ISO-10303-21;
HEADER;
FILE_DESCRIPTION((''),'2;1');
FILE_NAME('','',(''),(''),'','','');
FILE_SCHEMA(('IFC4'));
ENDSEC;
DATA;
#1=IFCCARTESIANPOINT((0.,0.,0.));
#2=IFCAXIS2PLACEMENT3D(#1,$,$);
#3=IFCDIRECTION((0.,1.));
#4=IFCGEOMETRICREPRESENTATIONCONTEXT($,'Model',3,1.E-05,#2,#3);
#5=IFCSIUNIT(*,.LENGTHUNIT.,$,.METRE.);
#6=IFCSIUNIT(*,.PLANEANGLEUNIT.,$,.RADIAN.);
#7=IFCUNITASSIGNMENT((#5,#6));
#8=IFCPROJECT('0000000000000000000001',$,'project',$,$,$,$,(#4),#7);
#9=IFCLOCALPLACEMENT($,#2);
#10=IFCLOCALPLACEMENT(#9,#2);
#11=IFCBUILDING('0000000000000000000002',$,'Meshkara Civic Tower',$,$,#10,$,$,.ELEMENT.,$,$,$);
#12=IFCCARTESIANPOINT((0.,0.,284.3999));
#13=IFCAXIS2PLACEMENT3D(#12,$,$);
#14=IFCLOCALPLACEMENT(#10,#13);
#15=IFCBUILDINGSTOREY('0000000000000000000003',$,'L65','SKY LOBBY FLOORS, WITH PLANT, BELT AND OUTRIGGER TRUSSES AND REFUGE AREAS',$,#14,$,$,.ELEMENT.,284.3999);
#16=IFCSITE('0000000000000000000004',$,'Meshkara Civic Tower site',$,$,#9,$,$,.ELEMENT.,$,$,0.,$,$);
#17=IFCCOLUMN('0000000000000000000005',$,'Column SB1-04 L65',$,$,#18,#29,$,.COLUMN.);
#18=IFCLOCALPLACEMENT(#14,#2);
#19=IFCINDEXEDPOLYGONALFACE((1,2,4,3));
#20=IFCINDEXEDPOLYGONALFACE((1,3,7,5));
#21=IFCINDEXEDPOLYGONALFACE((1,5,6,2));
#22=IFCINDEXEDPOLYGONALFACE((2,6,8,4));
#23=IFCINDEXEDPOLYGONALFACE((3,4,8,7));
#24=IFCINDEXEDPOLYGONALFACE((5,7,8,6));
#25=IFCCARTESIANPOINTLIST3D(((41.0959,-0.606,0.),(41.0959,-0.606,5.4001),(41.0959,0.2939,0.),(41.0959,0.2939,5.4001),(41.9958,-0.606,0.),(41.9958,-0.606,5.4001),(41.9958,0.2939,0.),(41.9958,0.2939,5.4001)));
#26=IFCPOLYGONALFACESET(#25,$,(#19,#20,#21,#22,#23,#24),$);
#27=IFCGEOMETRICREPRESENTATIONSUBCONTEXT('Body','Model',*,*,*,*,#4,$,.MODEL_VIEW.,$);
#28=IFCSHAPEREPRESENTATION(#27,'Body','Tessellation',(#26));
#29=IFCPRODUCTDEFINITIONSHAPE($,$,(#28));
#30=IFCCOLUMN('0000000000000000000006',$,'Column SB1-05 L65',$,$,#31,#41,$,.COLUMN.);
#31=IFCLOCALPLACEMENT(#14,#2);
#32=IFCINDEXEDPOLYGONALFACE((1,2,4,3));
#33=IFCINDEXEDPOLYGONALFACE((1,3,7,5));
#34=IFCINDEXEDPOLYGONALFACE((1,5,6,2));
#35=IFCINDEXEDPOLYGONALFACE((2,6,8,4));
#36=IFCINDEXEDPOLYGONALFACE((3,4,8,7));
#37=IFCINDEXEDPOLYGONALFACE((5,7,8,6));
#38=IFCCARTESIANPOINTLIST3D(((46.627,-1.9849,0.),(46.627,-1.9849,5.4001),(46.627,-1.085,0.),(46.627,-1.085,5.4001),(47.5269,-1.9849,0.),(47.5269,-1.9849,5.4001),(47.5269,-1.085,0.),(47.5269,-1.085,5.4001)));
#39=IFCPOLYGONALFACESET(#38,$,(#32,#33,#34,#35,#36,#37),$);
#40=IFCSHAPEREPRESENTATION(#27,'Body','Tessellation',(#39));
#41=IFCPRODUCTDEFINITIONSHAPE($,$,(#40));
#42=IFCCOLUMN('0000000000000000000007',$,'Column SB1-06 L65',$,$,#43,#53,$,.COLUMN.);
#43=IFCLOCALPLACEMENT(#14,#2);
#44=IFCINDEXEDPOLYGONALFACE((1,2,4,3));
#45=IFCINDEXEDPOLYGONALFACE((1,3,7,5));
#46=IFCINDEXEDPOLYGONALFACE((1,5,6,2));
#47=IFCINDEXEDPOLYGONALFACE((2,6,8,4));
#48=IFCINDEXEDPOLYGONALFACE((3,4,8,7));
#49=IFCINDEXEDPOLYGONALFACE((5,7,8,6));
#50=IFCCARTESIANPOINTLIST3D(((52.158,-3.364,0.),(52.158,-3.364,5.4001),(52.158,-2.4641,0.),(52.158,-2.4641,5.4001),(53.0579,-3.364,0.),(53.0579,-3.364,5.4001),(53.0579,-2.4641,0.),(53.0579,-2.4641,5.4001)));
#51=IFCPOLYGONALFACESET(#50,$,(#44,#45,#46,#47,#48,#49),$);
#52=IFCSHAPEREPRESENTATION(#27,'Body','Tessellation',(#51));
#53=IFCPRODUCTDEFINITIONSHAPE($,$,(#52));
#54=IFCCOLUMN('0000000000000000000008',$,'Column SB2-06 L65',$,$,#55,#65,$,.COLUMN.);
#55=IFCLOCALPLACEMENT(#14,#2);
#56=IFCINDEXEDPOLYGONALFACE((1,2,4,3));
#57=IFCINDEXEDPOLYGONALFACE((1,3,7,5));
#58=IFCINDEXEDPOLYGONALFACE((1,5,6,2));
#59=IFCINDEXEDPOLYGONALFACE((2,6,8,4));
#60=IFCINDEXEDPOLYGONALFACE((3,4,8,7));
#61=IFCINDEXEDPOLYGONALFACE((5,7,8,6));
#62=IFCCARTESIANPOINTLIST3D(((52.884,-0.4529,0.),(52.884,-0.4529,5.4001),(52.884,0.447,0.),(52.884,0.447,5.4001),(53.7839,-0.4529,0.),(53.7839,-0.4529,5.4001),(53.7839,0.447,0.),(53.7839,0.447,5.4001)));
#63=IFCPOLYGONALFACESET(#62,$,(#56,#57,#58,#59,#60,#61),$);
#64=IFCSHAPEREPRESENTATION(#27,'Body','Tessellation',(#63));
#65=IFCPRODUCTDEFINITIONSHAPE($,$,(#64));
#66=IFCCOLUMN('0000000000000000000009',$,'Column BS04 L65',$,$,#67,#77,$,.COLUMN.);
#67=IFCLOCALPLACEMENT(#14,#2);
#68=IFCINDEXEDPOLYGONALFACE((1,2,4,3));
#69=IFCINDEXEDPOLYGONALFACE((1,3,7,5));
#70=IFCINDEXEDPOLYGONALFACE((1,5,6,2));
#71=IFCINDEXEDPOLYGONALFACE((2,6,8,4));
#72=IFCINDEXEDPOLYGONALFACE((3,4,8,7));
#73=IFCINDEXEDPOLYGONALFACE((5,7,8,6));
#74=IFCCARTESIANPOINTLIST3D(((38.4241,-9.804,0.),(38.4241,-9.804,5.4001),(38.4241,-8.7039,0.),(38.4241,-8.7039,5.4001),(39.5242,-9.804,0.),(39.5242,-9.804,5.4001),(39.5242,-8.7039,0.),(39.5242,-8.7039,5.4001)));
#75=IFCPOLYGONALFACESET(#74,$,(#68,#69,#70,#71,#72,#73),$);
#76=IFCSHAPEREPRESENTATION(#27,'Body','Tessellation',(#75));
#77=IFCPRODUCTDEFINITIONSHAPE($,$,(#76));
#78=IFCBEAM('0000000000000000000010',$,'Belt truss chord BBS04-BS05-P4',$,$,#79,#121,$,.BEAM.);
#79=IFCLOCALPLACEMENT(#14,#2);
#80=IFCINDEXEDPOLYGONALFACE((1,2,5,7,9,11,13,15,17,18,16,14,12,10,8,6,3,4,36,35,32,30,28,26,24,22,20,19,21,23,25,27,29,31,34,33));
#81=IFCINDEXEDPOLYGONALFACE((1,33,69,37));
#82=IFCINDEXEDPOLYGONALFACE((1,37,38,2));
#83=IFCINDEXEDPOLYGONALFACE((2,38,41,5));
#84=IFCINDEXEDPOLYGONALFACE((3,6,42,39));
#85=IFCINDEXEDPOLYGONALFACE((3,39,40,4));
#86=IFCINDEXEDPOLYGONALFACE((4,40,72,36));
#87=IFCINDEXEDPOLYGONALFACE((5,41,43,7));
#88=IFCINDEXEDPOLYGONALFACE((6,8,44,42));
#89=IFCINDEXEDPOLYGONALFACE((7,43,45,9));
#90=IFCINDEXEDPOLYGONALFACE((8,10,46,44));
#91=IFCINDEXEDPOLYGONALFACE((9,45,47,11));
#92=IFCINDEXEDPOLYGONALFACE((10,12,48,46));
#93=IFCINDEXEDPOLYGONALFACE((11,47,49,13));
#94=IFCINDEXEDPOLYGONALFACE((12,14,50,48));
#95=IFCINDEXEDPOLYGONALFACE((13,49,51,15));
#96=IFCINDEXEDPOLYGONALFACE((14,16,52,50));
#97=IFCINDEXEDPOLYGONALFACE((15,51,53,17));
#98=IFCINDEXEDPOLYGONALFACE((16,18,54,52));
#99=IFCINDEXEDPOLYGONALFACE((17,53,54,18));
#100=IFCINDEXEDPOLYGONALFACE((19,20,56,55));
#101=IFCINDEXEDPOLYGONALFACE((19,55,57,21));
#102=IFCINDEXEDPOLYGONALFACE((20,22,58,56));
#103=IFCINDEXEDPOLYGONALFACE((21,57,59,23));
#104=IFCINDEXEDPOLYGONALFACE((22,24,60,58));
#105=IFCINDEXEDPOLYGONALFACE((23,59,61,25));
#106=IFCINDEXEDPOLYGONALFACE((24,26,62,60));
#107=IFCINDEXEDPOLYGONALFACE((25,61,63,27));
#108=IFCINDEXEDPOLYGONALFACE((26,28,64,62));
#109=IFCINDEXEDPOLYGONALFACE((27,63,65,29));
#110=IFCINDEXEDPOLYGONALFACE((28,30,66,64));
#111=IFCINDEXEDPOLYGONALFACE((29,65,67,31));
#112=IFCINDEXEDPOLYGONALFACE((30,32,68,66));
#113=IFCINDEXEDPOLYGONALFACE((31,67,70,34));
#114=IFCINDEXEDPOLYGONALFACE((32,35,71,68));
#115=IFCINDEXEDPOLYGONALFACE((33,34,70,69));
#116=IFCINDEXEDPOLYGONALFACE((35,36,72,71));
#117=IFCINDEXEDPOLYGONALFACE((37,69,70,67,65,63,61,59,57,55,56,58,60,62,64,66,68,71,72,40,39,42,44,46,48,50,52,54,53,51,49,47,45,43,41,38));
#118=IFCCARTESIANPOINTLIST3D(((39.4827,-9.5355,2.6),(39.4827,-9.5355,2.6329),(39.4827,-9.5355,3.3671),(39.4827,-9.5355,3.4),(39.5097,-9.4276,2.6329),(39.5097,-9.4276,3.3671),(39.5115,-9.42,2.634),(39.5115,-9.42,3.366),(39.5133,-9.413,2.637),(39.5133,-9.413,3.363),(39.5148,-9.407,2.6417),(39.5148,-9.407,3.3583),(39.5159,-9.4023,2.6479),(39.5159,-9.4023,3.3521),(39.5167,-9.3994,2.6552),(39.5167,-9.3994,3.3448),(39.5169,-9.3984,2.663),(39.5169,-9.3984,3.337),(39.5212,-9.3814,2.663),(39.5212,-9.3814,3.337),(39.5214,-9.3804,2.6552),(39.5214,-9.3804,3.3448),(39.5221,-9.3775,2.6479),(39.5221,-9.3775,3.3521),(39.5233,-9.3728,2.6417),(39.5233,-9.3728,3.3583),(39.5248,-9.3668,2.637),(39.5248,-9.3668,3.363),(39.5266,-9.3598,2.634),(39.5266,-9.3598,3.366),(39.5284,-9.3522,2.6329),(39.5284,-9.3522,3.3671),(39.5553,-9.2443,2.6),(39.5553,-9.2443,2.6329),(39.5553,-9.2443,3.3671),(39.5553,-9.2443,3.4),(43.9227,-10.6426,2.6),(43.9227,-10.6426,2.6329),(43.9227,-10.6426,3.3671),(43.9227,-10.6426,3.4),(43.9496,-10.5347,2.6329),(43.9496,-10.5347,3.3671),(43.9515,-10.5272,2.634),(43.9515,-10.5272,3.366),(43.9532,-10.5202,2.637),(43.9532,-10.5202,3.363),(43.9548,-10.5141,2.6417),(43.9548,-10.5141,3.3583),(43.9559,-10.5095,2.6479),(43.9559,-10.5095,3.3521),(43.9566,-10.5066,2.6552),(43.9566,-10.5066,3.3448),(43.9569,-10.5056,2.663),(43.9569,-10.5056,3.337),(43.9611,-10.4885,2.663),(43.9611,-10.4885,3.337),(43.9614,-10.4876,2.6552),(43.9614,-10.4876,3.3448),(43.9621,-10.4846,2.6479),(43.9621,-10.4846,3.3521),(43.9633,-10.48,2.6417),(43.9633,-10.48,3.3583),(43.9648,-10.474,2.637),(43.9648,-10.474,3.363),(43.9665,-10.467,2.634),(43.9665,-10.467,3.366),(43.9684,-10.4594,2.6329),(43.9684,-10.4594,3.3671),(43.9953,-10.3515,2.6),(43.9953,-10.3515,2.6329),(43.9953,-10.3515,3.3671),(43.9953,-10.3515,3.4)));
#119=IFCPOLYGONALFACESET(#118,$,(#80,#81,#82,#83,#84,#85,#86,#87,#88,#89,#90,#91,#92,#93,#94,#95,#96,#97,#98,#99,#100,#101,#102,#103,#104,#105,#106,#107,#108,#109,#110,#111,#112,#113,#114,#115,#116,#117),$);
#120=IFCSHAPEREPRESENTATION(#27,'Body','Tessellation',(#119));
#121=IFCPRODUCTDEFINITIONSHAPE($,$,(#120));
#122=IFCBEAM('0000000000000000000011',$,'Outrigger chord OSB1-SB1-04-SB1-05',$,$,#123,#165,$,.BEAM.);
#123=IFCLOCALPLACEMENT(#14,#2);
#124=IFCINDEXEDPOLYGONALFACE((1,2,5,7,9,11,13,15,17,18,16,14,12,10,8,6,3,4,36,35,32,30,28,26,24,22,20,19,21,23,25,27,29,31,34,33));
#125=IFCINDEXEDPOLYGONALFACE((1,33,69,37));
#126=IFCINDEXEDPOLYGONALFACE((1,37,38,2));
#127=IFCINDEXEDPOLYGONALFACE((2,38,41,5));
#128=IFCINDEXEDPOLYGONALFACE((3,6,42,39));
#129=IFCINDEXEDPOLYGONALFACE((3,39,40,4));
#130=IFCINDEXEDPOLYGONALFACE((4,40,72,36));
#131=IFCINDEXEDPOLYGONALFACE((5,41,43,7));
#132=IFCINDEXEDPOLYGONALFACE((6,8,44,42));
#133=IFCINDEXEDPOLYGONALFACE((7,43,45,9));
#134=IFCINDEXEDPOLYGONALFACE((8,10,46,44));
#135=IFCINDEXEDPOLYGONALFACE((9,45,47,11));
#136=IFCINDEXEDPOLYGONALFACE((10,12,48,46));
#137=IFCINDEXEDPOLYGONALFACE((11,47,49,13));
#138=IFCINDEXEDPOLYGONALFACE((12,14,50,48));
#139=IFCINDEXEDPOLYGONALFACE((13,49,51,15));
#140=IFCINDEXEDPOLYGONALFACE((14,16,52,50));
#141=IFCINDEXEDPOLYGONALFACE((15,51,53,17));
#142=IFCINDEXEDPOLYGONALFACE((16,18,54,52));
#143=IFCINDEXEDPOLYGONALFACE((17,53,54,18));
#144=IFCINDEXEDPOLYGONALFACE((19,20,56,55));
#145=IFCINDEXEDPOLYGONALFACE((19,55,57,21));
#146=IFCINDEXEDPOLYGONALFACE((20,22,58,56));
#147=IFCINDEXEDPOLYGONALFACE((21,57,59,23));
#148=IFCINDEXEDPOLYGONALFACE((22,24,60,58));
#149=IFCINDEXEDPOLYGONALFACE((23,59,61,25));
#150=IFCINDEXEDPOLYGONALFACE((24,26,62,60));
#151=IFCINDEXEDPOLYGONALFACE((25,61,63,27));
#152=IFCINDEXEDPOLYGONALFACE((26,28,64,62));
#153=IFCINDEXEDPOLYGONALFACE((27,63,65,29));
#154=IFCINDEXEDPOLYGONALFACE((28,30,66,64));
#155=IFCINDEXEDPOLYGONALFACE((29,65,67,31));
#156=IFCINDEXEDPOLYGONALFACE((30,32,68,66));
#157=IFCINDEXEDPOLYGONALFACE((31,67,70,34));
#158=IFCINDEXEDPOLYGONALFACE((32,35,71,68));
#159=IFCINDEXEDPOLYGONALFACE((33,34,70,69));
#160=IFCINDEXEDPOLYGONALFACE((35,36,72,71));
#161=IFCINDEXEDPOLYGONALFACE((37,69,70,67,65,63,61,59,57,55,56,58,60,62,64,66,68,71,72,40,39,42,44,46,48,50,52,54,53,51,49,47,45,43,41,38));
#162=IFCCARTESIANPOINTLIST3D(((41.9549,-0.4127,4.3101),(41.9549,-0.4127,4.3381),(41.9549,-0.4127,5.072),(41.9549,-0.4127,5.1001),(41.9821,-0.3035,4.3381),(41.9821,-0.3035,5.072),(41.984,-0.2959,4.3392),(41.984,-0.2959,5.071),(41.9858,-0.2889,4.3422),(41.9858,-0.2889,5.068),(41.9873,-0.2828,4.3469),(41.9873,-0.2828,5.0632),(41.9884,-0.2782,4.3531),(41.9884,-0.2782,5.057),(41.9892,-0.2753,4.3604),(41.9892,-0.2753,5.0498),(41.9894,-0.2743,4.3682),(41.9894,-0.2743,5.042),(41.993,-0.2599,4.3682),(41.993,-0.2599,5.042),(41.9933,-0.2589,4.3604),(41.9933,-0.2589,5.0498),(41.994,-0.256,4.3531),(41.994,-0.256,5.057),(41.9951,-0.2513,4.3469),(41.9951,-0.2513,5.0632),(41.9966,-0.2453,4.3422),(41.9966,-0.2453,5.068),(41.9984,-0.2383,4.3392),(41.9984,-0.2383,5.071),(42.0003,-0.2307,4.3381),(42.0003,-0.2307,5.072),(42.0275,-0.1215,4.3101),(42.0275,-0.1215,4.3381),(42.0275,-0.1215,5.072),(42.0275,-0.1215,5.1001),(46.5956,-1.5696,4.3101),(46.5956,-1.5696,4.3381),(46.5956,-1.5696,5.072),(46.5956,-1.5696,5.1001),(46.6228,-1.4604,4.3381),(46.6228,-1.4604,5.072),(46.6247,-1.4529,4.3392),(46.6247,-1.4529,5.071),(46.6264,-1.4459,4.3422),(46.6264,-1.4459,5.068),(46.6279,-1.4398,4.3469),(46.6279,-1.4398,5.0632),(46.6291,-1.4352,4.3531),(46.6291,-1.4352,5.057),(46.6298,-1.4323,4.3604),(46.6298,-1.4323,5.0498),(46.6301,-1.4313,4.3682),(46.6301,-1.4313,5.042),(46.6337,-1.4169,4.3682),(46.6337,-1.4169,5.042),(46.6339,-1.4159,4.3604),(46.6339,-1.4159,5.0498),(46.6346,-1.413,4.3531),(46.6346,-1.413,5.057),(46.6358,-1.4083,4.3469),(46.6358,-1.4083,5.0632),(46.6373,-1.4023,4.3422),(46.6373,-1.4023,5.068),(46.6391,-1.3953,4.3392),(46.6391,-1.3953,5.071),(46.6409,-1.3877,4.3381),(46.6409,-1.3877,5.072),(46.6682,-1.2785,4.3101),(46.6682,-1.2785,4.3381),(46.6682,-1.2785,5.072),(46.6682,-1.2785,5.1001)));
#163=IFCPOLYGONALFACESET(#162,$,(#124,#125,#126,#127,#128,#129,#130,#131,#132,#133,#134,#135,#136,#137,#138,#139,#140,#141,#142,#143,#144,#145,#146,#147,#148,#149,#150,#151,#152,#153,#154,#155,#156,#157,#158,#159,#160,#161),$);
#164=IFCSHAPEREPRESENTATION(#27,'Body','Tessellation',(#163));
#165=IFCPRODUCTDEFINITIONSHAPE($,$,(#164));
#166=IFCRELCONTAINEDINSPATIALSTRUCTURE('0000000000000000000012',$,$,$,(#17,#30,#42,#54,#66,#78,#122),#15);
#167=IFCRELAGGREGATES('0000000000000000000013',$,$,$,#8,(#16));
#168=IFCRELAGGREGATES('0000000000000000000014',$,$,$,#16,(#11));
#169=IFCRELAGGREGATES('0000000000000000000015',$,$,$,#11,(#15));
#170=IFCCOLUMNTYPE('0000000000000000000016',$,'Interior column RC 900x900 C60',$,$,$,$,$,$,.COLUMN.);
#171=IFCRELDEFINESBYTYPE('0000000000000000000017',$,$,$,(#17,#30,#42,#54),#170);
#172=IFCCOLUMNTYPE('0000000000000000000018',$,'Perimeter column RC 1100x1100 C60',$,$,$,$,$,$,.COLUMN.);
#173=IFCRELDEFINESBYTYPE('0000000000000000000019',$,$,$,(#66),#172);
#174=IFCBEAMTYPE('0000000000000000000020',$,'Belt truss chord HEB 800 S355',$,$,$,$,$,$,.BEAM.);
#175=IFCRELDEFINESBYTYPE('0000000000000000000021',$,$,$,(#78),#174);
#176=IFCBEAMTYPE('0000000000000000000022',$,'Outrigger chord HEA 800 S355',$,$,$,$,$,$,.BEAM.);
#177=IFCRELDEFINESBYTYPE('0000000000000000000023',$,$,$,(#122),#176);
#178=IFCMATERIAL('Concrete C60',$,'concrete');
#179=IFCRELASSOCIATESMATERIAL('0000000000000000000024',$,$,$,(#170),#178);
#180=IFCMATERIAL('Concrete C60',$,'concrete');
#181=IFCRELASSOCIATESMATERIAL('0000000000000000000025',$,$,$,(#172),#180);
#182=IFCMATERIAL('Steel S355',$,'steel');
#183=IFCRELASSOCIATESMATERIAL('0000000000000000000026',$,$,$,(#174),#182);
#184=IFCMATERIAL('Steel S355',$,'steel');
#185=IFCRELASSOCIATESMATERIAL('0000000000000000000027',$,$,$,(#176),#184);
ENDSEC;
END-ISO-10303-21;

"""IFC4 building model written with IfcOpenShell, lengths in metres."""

from ifc_helpers import new_model, si_unit, direction, frame, origin, origin_2d, place, context, subcontext, project, spatial, rectangle, i_section, extrude, material, material_profile, profile_set, type_object, element, save


model = new_model("IFC4")

# Units and contexts
model_context = context("Model", 3, precision=1e-05, world=origin(), true_north=direction((0.0, 1.0)))
body_context = subcontext(model_context, "Body", "Model", "MODEL_VIEW")
ifc_project = project(units=[si_unit("LENGTHUNIT", "METRE"), si_unit("PLANEANGLEUNIT", "RADIAN")], contexts=[model_context])

# Site, building, storey
site_placement = place(None, origin())
site = spatial("IfcSite", under=ifc_project, at=site_placement, Name="Meshkara Civic Tower site", CompositionType="ELEMENT", RefElevation=0.0)
building_placement = place(site_placement, origin())
building = spatial("IfcBuilding", under=site, at=building_placement, Name="Meshkara Civic Tower", CompositionType="ELEMENT")
storey_placement = place(building_placement, frame((0.0, 0.0, 284.3999)))
storey = spatial("IfcBuildingStorey", under=building, at=storey_placement, Name="L65", Description="SKY LOBBY FLOORS, WITH PLANT, BELT AND OUTRIGGER TRUSSES AND REFUGE AREAS", CompositionType="ELEMENT", Elevation=284.3999)

# Columns
ifc_material_1 = material(Name="Concrete C60", Category="concrete")
ifc_material_profile_1 = material_profile(ifc_material_1, rectangle(XDim=0.8999, YDim=0.8999, at=origin_2d()))
ifc_profile_set_1 = profile_set([ifc_material_profile_1], Name="Concrete C60")
column_type_1 = type_object("IfcColumnType", Name="Interior column RC 900x900 C60", PredefinedType="COLUMN", material=ifc_profile_set_1)
for number, where, z_axis, x_axis, name in (
    (1, (41.5459, -0.156, 0.0), (0.0, 0.0, 1.0), (1.0, 0.0, 0.0), "Column SB1-04 L65"),
    (2, (47.0769, -1.5349, 0.0), (0.0, 0.0, 1.0), (1.0, 0.0, 0.0), "Column SB1-05 L65"),
    (3, (52.6079, -2.9141, 0.0), (0.0, 0.0, 1.0), (1.0, 0.0, 0.0), "Column SB1-06 L65"),
    (4, (53.334, -0.0029, 0.0), (0.0, 0.0, 1.0), (1.0, 0.0, 0.0), "Column SB2-06 L65"),
):
    element("IfcColumn", number, at=place(storey_placement, frame(where, z_axis=z_axis, x_axis=x_axis)), inside=storey, type_object=column_type_1, Name=name, PredefinedType="COLUMN", context=body_context, shape_type="SweptSolid", body=[
        extrude(rectangle(XDim=0.8999, YDim=0.8999, at=origin_2d()), origin(), (0.0, 0.0, 1.0), 5.4001),
    ])
ifc_material_2 = material(Name="Concrete C60", Category="concrete")
ifc_material_profile_2 = material_profile(ifc_material_2, rectangle(XDim=1.1001, YDim=1.1001, at=origin_2d()))
ifc_profile_set_2 = profile_set([ifc_material_profile_2], Name="Concrete C60")
column_type_2 = type_object("IfcColumnType", Name="Perimeter column RC 1100x1100 C60", PredefinedType="COLUMN", material=ifc_profile_set_2)
column_placement = place(storey_placement, frame((38.9741, -9.2539, 0.0), z_axis=(0.0, 0.0, 1.0), x_axis=(1.0, 0.0, 0.0)))
element("IfcColumn", 5, at=column_placement, inside=storey, type_object=column_type_2, Name="Column BS04 L65", PredefinedType="COLUMN", context=body_context, shape_type="SweptSolid", body=[
    extrude(rectangle(XDim=1.1001, YDim=1.1001, at=origin_2d()), origin(), (0.0, 0.0, 1.0), 5.4001),
])

# Beams
ifc_material_3 = material(Name="Steel S355", Category="steel")
ifc_material_profile_3 = material_profile(ifc_material_3, i_section(OverallWidth=0.3, OverallDepth=0.8, WebThickness=0.0176, FlangeThickness=0.033, FilletRadius=0.03, at=origin_2d()))
ifc_profile_set_3 = profile_set([ifc_material_profile_3], Name="Steel S355")
beam_type_1 = type_object("IfcBeamType", Name="Belt truss chord HEB 800 S355", PredefinedType="BEAM", material=ifc_profile_set_3)
beam_placement = place(storey_placement, frame((39.519, -9.3899, 3.0), z_axis=(0.970287, -0.241958, 0.0), x_axis=(0.241958, 0.970287, 0.0)))
element("IfcBeam", 6, at=beam_placement, inside=storey, type_object=beam_type_1, Name="Belt truss chord BBS04-BS05-P4", PredefinedType="BEAM", context=body_context, shape_type="SweptSolid", body=[
    extrude(i_section(OverallWidth=0.3, OverallDepth=0.8, WebThickness=0.0176, FlangeThickness=0.033, FilletRadius=0.03, at=origin_2d()), origin(), (0.0, 0.0, 1.0), 4.5759),
])
ifc_material_4 = material(Name="Steel S355", Category="steel")
ifc_material_profile_4 = material_profile(ifc_material_4, i_section(OverallWidth=0.3, OverallDepth=0.79, WebThickness=0.0149, FlangeThickness=0.0281, FilletRadius=0.03, at=origin_2d()))
ifc_profile_set_4 = profile_set([ifc_material_profile_4], Name="Steel S355")
beam_type_2 = type_object("IfcBeamType", Name="Outrigger chord HEA 800 S355", PredefinedType="BEAM", material=ifc_profile_set_4)
for number, where, z_axis, x_axis, name in (
    (7, (41.9912, -0.2671, 4.7051), (0.970298, -0.241911, 0.0), (0.241911, 0.970298, 0.0), "Outrigger chord OSB1-SB1-04-SB1-05"),
):
    element("IfcBeam", number, at=place(storey_placement, frame(where, z_axis=z_axis, x_axis=x_axis)), inside=storey, type_object=beam_type_2, Name=name, PredefinedType="BEAM", context=body_context, shape_type="SweptSolid", body=[
        extrude(i_section(OverallWidth=0.3, OverallDepth=0.79, WebThickness=0.0149, FlangeThickness=0.0281, FilletRadius=0.03, at=origin_2d()), origin(), (0.0, 0.0, 1.0), 4.7827),
    ])

save(model, "model.ifc")
